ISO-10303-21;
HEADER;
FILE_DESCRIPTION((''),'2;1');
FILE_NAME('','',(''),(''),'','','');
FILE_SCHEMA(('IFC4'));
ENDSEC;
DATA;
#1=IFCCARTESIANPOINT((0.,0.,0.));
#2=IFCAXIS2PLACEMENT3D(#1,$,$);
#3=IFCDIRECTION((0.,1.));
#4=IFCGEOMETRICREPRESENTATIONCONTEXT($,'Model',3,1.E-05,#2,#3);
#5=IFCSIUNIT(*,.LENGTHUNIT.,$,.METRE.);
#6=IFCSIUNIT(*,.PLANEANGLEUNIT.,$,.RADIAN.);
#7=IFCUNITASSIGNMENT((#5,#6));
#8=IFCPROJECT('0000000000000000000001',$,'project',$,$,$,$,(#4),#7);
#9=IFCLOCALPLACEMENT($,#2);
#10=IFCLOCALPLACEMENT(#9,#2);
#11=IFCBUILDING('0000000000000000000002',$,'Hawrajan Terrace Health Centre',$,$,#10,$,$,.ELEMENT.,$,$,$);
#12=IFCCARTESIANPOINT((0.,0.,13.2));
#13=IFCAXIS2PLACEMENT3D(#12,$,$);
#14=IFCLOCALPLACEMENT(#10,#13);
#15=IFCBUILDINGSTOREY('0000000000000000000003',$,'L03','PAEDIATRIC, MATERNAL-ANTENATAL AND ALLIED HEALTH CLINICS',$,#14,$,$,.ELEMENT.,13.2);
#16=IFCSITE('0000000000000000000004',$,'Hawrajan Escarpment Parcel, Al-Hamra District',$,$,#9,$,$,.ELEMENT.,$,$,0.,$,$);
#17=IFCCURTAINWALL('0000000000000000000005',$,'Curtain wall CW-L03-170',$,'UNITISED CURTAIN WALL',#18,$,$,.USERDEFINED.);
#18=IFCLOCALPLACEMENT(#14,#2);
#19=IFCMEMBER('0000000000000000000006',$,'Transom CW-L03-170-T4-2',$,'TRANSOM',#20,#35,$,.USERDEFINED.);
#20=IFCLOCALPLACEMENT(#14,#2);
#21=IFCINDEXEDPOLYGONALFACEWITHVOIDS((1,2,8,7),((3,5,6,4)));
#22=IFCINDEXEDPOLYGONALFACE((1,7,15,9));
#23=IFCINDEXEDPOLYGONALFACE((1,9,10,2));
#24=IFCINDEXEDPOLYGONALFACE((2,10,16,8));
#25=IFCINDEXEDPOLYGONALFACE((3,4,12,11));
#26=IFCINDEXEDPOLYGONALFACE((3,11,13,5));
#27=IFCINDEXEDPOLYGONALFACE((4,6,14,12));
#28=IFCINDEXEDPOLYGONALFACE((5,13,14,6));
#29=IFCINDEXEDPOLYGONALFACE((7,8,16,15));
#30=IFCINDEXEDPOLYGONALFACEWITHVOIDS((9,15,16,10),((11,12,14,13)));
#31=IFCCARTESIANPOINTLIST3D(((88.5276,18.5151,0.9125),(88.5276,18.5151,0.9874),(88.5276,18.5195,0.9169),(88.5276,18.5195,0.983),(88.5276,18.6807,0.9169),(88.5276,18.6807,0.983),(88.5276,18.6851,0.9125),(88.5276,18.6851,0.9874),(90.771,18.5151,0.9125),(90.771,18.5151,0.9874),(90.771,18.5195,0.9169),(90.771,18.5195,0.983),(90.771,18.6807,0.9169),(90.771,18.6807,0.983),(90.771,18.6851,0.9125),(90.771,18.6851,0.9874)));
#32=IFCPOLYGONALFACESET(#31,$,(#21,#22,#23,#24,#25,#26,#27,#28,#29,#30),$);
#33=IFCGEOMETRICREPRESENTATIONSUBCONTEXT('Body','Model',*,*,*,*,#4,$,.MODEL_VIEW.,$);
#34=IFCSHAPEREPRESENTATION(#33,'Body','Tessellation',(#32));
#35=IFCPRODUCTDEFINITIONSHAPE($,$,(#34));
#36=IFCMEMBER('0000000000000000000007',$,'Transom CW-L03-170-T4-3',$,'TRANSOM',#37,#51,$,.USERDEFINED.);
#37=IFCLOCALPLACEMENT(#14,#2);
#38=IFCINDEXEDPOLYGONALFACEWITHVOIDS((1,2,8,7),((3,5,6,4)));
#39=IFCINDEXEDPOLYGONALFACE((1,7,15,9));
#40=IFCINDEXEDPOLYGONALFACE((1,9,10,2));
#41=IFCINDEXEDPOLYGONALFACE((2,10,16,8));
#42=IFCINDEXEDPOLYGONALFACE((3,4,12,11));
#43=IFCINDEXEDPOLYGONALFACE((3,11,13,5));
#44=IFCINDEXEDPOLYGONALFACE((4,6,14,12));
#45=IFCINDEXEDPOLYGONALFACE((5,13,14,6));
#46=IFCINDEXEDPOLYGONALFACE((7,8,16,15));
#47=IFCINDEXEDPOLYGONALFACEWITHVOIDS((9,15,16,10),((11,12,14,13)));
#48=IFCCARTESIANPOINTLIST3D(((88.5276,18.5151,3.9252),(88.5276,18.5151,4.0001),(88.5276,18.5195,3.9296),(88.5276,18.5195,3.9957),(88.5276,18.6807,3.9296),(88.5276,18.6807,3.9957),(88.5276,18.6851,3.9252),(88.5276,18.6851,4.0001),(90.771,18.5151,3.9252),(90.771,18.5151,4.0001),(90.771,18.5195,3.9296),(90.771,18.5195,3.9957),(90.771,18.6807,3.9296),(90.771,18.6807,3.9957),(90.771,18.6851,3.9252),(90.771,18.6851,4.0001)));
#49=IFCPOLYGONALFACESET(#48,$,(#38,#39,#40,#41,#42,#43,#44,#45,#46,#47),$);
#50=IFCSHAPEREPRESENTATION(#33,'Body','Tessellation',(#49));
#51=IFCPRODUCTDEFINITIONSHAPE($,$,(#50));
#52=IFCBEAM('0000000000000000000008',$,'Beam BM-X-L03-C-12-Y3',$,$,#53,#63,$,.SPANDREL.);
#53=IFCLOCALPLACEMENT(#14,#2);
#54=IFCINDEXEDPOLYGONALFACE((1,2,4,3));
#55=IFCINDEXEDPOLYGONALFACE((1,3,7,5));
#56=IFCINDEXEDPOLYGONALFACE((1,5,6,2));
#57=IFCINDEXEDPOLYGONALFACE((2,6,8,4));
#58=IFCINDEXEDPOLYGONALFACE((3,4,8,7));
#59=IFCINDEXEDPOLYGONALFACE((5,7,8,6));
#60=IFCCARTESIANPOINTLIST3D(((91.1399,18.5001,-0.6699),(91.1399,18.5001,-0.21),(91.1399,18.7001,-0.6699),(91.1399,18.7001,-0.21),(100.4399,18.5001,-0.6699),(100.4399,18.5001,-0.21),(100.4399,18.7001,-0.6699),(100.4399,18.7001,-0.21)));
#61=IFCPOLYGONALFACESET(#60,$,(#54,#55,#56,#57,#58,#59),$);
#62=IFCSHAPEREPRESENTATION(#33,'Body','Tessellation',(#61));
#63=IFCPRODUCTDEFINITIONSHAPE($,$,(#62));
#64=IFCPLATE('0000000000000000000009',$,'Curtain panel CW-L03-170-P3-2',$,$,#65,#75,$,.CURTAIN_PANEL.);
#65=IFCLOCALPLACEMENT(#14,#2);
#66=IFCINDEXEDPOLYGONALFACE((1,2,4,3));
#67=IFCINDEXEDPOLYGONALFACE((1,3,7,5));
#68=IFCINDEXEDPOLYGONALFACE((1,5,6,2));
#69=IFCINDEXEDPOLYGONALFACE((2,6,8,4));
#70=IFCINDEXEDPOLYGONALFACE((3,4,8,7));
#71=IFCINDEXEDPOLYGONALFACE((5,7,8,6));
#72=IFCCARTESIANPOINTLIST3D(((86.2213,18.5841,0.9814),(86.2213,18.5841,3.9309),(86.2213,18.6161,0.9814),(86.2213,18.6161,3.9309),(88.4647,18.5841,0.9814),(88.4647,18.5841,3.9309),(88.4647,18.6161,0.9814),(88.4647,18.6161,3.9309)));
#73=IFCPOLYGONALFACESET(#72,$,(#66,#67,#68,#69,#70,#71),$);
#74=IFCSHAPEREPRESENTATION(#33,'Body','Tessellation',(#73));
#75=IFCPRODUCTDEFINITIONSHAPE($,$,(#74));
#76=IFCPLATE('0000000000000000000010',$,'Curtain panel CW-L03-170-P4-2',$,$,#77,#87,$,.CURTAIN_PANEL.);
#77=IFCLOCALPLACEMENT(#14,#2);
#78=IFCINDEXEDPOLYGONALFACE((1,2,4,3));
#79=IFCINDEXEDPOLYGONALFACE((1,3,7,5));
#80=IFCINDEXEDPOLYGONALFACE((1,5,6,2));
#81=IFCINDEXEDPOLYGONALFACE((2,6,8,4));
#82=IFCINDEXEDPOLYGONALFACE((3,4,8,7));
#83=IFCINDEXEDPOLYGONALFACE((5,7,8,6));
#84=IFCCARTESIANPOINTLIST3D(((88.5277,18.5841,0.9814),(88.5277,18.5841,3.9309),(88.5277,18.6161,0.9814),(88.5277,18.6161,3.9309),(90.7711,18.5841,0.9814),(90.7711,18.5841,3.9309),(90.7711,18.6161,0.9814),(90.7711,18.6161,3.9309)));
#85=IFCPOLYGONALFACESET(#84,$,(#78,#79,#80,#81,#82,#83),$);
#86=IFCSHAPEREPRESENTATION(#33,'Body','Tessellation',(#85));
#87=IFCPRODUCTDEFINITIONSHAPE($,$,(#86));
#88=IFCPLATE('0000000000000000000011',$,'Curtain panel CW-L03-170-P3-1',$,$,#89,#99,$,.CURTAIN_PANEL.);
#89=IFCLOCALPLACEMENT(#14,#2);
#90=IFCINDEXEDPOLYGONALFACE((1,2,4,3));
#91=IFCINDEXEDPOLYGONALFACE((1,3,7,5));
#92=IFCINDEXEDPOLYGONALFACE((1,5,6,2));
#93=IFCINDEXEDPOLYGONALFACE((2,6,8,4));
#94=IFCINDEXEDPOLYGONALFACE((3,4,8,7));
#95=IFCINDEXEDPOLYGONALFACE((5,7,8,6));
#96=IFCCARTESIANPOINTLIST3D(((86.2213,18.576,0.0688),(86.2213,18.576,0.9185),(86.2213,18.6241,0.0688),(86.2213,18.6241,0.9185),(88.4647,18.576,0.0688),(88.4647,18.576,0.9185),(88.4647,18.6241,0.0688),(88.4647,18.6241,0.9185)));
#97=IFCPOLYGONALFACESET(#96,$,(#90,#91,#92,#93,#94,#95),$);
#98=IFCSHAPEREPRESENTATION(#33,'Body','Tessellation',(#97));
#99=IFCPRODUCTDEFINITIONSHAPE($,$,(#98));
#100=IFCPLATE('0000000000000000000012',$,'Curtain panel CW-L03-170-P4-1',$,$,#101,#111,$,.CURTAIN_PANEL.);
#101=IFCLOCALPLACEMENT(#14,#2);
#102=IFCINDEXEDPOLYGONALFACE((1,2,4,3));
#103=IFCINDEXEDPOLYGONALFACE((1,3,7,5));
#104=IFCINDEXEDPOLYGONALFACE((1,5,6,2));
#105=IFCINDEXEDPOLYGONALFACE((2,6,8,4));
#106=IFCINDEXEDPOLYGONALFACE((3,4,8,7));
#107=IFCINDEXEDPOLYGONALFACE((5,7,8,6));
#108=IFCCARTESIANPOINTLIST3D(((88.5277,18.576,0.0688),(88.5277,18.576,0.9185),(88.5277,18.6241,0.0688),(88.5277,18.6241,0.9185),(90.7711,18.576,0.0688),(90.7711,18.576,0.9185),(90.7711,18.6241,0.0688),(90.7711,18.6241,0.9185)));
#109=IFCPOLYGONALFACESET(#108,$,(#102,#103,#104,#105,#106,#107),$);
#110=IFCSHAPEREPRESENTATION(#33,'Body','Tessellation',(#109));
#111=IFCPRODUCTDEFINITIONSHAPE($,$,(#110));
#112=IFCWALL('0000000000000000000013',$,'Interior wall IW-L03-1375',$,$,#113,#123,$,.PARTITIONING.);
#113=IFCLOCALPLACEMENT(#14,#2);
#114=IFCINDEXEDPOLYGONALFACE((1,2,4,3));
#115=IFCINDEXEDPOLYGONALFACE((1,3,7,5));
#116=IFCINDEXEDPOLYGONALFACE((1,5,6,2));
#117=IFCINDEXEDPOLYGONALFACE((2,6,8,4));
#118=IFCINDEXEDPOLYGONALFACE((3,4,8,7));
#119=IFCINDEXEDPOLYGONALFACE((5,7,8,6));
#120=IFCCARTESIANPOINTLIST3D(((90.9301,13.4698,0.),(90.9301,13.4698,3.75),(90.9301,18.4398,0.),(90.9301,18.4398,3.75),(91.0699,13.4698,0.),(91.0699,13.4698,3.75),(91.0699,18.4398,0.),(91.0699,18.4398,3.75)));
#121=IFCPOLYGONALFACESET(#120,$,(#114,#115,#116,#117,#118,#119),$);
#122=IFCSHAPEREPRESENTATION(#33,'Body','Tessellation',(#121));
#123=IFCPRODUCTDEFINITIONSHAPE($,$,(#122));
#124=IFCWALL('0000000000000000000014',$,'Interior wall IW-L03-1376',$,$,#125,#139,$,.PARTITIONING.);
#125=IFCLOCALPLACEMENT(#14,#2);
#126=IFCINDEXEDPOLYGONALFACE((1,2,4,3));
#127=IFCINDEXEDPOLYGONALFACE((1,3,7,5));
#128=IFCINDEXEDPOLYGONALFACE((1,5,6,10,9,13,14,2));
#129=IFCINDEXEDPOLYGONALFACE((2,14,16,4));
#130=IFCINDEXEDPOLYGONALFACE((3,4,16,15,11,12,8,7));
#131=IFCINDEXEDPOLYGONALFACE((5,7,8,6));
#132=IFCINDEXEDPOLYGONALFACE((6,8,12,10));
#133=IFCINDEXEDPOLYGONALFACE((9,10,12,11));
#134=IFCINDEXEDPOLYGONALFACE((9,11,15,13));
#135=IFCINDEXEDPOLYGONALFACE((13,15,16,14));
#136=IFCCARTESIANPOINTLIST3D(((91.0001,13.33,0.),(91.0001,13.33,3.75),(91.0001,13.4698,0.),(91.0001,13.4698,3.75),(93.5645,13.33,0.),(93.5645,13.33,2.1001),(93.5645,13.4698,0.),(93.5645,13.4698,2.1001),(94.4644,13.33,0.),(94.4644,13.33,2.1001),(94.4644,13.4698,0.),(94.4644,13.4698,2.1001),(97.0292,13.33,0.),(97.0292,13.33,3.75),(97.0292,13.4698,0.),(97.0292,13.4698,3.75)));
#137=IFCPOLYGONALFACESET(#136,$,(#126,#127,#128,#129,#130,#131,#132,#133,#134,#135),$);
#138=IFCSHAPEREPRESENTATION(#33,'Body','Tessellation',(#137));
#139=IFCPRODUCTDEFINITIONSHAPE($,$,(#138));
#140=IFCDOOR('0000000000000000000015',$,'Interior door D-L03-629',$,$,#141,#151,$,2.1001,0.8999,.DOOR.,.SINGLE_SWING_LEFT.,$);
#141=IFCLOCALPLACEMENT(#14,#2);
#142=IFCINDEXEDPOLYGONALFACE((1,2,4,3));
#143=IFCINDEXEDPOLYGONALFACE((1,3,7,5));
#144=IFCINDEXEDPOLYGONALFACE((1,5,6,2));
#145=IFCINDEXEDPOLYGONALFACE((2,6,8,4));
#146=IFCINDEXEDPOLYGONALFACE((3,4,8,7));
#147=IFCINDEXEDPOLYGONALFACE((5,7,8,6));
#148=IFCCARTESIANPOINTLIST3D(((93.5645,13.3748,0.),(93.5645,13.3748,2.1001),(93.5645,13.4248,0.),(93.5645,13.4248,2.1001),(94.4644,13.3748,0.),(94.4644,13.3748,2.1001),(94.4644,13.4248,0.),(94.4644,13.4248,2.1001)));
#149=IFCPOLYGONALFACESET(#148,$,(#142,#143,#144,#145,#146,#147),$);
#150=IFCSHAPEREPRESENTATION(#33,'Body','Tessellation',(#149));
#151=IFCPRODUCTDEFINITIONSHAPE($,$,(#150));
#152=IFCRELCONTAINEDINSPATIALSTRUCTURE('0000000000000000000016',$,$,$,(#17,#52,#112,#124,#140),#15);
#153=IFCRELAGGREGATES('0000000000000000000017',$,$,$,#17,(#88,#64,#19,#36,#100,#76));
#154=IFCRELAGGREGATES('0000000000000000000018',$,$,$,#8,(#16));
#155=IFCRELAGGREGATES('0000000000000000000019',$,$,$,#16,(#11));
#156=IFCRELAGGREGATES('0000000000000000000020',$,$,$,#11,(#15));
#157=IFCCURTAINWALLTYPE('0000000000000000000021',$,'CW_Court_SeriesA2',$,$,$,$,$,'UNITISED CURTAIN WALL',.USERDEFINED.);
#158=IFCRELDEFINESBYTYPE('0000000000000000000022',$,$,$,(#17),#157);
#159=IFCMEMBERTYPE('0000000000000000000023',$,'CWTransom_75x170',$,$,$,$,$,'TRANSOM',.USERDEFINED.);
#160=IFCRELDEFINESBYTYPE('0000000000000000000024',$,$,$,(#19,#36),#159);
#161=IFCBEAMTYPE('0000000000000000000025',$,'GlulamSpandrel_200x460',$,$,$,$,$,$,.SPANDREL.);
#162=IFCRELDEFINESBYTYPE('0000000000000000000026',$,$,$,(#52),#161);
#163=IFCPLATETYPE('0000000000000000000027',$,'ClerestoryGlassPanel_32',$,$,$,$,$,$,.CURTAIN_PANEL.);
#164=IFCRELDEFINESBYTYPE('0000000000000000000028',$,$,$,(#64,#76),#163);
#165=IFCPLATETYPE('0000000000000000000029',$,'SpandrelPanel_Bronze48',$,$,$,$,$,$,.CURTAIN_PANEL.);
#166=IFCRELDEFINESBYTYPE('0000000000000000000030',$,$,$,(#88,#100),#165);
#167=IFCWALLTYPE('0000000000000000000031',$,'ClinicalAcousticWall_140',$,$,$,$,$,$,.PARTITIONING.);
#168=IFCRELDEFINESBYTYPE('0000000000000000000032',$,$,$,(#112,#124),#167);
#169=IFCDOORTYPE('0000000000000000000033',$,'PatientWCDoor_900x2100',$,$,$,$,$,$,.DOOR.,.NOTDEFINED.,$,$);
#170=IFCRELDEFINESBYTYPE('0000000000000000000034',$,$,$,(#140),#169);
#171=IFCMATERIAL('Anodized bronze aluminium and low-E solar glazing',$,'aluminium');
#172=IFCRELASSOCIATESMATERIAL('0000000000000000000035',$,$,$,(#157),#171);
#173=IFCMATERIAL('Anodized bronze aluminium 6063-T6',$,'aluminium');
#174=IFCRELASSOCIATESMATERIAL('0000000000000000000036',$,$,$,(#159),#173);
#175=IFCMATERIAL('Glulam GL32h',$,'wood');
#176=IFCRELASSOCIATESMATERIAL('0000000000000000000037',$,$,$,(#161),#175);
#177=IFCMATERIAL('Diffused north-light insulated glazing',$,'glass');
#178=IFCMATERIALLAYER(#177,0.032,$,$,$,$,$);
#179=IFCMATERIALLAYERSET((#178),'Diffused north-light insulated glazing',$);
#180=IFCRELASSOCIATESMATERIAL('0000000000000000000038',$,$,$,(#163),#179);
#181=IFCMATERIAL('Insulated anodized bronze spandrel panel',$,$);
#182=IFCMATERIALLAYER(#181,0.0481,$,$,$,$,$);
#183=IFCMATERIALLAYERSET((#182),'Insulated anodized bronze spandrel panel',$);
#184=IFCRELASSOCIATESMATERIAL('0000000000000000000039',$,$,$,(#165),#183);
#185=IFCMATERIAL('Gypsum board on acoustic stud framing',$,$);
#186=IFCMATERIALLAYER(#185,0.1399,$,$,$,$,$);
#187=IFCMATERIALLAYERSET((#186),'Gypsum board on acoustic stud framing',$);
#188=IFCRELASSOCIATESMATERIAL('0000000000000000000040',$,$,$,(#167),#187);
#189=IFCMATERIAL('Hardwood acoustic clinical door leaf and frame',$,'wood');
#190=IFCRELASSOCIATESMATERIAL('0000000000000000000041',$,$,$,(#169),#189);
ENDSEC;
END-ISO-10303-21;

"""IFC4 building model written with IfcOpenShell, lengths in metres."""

from ifc_helpers import new_model, si_unit, direction, frame, frame_2d, origin, origin_2d, place, context, subcontext, project, spatial, rectangle, hollow_rectangle, extrude, material, layer, layer_set, material_profile, profile_set, type_object, element, fill, aggregate, save


model = new_model("IFC4")

# Units and contexts
model_context = context("Model", 3, precision=1e-05, world=origin(), true_north=direction((0.0, 1.0)))
body_context = subcontext(model_context, "Body", "Model", "MODEL_VIEW")
ifc_project = project(units=[si_unit("LENGTHUNIT", "METRE"), si_unit("PLANEANGLEUNIT", "RADIAN")], contexts=[model_context])

# Site, building, storey
site_placement = place(None, origin())
site = spatial("IfcSite", under=ifc_project, at=site_placement, Name="Hawrajan Escarpment Parcel, Al-Hamra District", CompositionType="ELEMENT", RefElevation=0.0)
building_placement = place(site_placement, origin())
building = spatial("IfcBuilding", under=site, at=building_placement, Name="Hawrajan Terrace Health Centre", CompositionType="ELEMENT")
storey_placement = place(building_placement, frame((0.0, 0.0, 13.2)))
storey = spatial("IfcBuildingStorey", under=building, at=storey_placement, Name="L03", Description="PAEDIATRIC, MATERNAL-ANTENATAL AND ALLIED HEALTH CLINICS", CompositionType="ELEMENT", Elevation=13.2)

# Shared definitions
ifc_material_1 = material(Name="Glulam GL32h", Category="wood")

# Shared definitions
ifc_material_2 = material(Name="Anodized bronze aluminium and low-E solar glazing", Category="aluminium")
ifc_material_3 = material(Name="Anodized bronze aluminium 6063-T6", Category="aluminium")

# Curtain wall
curtain_wall_type_1 = type_object("IfcCurtainWallType", Name="CW_Court_SeriesA2", ElementType="UNITISED CURTAIN WALL", PredefinedType="USERDEFINED", material=ifc_material_2)
curtain_wall_1_placement = place(storey_placement, origin())
curtain_wall_1 = element("IfcCurtainWall", 1, at=curtain_wall_1_placement, inside=storey, type_object=curtain_wall_type_1, Name="Curtain wall CW-L03-170", ObjectType="UNITISED CURTAIN WALL", PredefinedType="USERDEFINED")

# Members
ifc_material_profile_1 = material_profile(ifc_material_3, hollow_rectangle(XDim=0.075, YDim=0.1699, WallThickness=0.0044, at=origin_2d()), Name="CW TRN 75x170")
ifc_profile_set_1 = profile_set([ifc_material_profile_1], Name="Anodized bronze aluminium 6063-T6")
member_type_1 = type_object("IfcMemberType", Name="CWTransom_75x170", ElementType="TRANSOM", PredefinedType="USERDEFINED", material=ifc_profile_set_1)
member_1_placement = place(storey_placement, frame((88.5276, 18.6001, 0.95), z_axis=(1.0, 0.0, 0.0), x_axis=(0.0, 0.0, 1.0)))
member_1 = element("IfcMember", 2, at=member_1_placement, type_object=member_type_1, Name="Transom CW-L03-170-T4-2", ObjectType="TRANSOM", PredefinedType="USERDEFINED", context=body_context, shape_type="SweptSolid", body=[
    extrude(hollow_rectangle(XDim=0.075, YDim=0.1699, WallThickness=0.0044, at=origin_2d()), origin(), (0.0, 0.0, 1.0), 2.2434),
])
member_2_placement = place(storey_placement, frame((88.5276, 18.6001, 3.9626), z_axis=(1.0, 0.0, 0.0), x_axis=(0.0, 0.0, 1.0)))
member_2 = element("IfcMember", 3, at=member_2_placement, type_object=member_type_1, Name="Transom CW-L03-170-T4-3", ObjectType="TRANSOM", PredefinedType="USERDEFINED", context=body_context, shape_type="SweptSolid", body=[
    extrude(hollow_rectangle(XDim=0.075, YDim=0.1699, WallThickness=0.0044, at=origin_2d()), origin(), (0.0, 0.0, 1.0), 2.2434),
])

# Beam
ifc_material_profile_2 = material_profile(ifc_material_1, rectangle(XDim=0.2, YDim=0.46, at=origin_2d()), Name="GL SP 200x460")
ifc_profile_set_2 = profile_set([ifc_material_profile_2], Name="Glulam GL32h")
beam_type = type_object("IfcBeamType", Name="GlulamSpandrel_200x460", PredefinedType="SPANDREL", material=ifc_profile_set_2)
beam_placement = place(storey_placement, frame((91.1399, 18.6001, -0.4399), z_axis=(1.0, 0.0, 0.0), x_axis=(0.0, 1.0, 0.0)))
element("IfcBeam", 4, at=beam_placement, inside=storey, type_object=beam_type, Name="Beam BM-X-L03-C-12-Y3", PredefinedType="SPANDREL", context=body_context, shape_type="SweptSolid", body=[
    extrude(rectangle(XDim=0.2, YDim=0.46, at=origin_2d()), origin(), (0.0, 0.0, 1.0), 9.3),
])

# Plates
ifc_material_4 = material(Name="Diffused north-light insulated glazing", Category="glass")
ifc_layer_1 = layer(ifc_material_4, 0.032)
ifc_layer_set_1 = layer_set([ifc_layer_1], Name="Diffused north-light insulated glazing")
plate_type_1 = type_object("IfcPlateType", Name="ClerestoryGlassPanel_32", PredefinedType="CURTAIN_PANEL", material=ifc_layer_set_1)
plate_1_placement = place(storey_placement, frame((87.343, 18.6001, 0.9814), z_axis=(0.0, 0.0, 1.0), x_axis=(1.0, 0.0, 0.0)))
plate_1 = element("IfcPlate", 5, at=plate_1_placement, type_object=plate_type_1, Name="Curtain panel CW-L03-170-P3-2", PredefinedType="CURTAIN_PANEL", context=body_context, shape_type="SweptSolid", body=[
    extrude(rectangle(XDim=2.2434, YDim=0.032, at=origin_2d()), origin(), (0.0, 0.0, 1.0), 2.9495),
])
plate_2_placement = place(storey_placement, frame((89.6494, 18.6001, 0.9814), z_axis=(0.0, 0.0, 1.0), x_axis=(1.0, 0.0, 0.0)))
plate_2 = element("IfcPlate", 6, at=plate_2_placement, type_object=plate_type_1, Name="Curtain panel CW-L03-170-P4-2", PredefinedType="CURTAIN_PANEL", context=body_context, shape_type="SweptSolid", body=[
    extrude(rectangle(XDim=2.2434, YDim=0.032, at=origin_2d()), origin(), (0.0, 0.0, 1.0), 2.9495),
])
ifc_material_5 = material(Name="Insulated anodized bronze spandrel panel")
ifc_layer_2 = layer(ifc_material_5, 0.0481)
ifc_layer_set_2 = layer_set([ifc_layer_2], Name="Insulated anodized bronze spandrel panel")
plate_type_2 = type_object("IfcPlateType", Name="SpandrelPanel_Bronze48", PredefinedType="CURTAIN_PANEL", material=ifc_layer_set_2)
plate_3_placement = place(storey_placement, frame((87.343, 18.6001, 0.0688), z_axis=(0.0, 0.0, 1.0), x_axis=(1.0, 0.0, 0.0)))
plate_3 = element("IfcPlate", 7, at=plate_3_placement, type_object=plate_type_2, Name="Curtain panel CW-L03-170-P3-1", PredefinedType="CURTAIN_PANEL", context=body_context, shape_type="SweptSolid", body=[
    extrude(rectangle(XDim=2.2434, YDim=0.0481, at=origin_2d()), origin(), (0.0, 0.0, 1.0), 0.8496),
])
plate_4_placement = place(storey_placement, frame((89.6494, 18.6001, 0.0688), z_axis=(0.0, 0.0, 1.0), x_axis=(1.0, 0.0, 0.0)))
plate_4 = element("IfcPlate", 8, at=plate_4_placement, type_object=plate_type_2, Name="Curtain panel CW-L03-170-P4-1", PredefinedType="CURTAIN_PANEL", context=body_context, shape_type="SweptSolid", body=[
    extrude(rectangle(XDim=2.2434, YDim=0.0481, at=origin_2d()), origin(), (0.0, 0.0, 1.0), 0.8496),
])
aggregate(curtain_wall_1, [plate_3, plate_1, member_1, member_2, plate_4, plate_2])

# Wall
ifc_material_6 = material(Name="Gypsum board on acoustic stud framing")
ifc_layer_3 = layer(ifc_material_6, 0.1399)
ifc_layer_set_3 = layer_set([ifc_layer_3], Name="Gypsum board on acoustic stud framing")
wall_type = type_object("IfcWallType", Name="ClinicalAcousticWall_140", PredefinedType="PARTITIONING", material=ifc_layer_set_3)
wall_1_placement = place(storey_placement, frame((91.0, 13.47, 0.0), z_axis=(0.0, 0.0, 1.0), x_axis=(0.0, 1.0, 0.0)))
element("IfcWall", 9, at=wall_1_placement, inside=storey, type_object=wall_type, Name="Interior wall IW-L03-1375", PredefinedType="PARTITIONING", context=body_context, shape_type="SweptSolid", body=[
    extrude(rectangle(XDim=4.97, YDim=0.1399, at=frame_2d((2.4849, 0.0))), origin(), (0.0, 0.0, 1.0), 3.75),
])

# Wall, opening, door
wall_2_placement = place(storey_placement, frame((91.0, 13.3999, 0.0), z_axis=(0.0, 0.0, 1.0), x_axis=(1.0, 0.0, 0.0)))
wall_2 = element("IfcWall", 10, at=wall_2_placement, inside=storey, type_object=wall_type, Name="Interior wall IW-L03-1376", PredefinedType="PARTITIONING", context=body_context, shape_type="SweptSolid", body=[
    extrude(rectangle(XDim=6.0291, YDim=0.1399, at=frame_2d((3.0146, 0.0))), origin(), (0.0, 0.0, 1.0), 3.75),
])
opening_placement = place(wall_2_placement, frame((2.5645, 0.0, 0.0)))
opening = element("IfcOpeningElement", 11, at=opening_placement, cuts=wall_2, PredefinedType="OPENING", context=body_context, shape_type="SweptSolid", body=[
    extrude(rectangle(XDim=0.8999, YDim=2.1001, at=frame_2d((0.45, 1.05))), frame((0.0, 0.0798, 0.0), z_axis=(0.0, -1.0, 0.0), x_axis=(1.0, 0.0, 0.0)), (0.0, 0.0, 1.0), 0.1599),
])
ifc_material_7 = material(Name="Hardwood acoustic clinical door leaf and frame", Category="wood")
door_type = type_object("IfcDoorType", Name="PatientWCDoor_900x2100", OperationType="NOTDEFINED", PredefinedType="DOOR", material=ifc_material_7)
door_placement = place(opening_placement, origin())
door = element("IfcDoor", 12, at=door_placement, inside=storey, type_object=door_type, Name="Interior door D-L03-629", OperationType="SINGLE_SWING_LEFT", OverallHeight=2.1001, OverallWidth=0.8999, PredefinedType="DOOR", context=body_context, shape_type="SweptSolid", body=[
    extrude(rectangle(XDim=0.8999, YDim=2.1001, at=frame_2d((0.45, 1.05))), frame((0.0, 0.0249, 0.0), z_axis=(0.0, -1.0, 0.0), x_axis=(1.0, 0.0, 0.0)), (0.0, 0.0, 1.0), 0.05),
])
fill(opening, door)

save(model, "model.ifc")
